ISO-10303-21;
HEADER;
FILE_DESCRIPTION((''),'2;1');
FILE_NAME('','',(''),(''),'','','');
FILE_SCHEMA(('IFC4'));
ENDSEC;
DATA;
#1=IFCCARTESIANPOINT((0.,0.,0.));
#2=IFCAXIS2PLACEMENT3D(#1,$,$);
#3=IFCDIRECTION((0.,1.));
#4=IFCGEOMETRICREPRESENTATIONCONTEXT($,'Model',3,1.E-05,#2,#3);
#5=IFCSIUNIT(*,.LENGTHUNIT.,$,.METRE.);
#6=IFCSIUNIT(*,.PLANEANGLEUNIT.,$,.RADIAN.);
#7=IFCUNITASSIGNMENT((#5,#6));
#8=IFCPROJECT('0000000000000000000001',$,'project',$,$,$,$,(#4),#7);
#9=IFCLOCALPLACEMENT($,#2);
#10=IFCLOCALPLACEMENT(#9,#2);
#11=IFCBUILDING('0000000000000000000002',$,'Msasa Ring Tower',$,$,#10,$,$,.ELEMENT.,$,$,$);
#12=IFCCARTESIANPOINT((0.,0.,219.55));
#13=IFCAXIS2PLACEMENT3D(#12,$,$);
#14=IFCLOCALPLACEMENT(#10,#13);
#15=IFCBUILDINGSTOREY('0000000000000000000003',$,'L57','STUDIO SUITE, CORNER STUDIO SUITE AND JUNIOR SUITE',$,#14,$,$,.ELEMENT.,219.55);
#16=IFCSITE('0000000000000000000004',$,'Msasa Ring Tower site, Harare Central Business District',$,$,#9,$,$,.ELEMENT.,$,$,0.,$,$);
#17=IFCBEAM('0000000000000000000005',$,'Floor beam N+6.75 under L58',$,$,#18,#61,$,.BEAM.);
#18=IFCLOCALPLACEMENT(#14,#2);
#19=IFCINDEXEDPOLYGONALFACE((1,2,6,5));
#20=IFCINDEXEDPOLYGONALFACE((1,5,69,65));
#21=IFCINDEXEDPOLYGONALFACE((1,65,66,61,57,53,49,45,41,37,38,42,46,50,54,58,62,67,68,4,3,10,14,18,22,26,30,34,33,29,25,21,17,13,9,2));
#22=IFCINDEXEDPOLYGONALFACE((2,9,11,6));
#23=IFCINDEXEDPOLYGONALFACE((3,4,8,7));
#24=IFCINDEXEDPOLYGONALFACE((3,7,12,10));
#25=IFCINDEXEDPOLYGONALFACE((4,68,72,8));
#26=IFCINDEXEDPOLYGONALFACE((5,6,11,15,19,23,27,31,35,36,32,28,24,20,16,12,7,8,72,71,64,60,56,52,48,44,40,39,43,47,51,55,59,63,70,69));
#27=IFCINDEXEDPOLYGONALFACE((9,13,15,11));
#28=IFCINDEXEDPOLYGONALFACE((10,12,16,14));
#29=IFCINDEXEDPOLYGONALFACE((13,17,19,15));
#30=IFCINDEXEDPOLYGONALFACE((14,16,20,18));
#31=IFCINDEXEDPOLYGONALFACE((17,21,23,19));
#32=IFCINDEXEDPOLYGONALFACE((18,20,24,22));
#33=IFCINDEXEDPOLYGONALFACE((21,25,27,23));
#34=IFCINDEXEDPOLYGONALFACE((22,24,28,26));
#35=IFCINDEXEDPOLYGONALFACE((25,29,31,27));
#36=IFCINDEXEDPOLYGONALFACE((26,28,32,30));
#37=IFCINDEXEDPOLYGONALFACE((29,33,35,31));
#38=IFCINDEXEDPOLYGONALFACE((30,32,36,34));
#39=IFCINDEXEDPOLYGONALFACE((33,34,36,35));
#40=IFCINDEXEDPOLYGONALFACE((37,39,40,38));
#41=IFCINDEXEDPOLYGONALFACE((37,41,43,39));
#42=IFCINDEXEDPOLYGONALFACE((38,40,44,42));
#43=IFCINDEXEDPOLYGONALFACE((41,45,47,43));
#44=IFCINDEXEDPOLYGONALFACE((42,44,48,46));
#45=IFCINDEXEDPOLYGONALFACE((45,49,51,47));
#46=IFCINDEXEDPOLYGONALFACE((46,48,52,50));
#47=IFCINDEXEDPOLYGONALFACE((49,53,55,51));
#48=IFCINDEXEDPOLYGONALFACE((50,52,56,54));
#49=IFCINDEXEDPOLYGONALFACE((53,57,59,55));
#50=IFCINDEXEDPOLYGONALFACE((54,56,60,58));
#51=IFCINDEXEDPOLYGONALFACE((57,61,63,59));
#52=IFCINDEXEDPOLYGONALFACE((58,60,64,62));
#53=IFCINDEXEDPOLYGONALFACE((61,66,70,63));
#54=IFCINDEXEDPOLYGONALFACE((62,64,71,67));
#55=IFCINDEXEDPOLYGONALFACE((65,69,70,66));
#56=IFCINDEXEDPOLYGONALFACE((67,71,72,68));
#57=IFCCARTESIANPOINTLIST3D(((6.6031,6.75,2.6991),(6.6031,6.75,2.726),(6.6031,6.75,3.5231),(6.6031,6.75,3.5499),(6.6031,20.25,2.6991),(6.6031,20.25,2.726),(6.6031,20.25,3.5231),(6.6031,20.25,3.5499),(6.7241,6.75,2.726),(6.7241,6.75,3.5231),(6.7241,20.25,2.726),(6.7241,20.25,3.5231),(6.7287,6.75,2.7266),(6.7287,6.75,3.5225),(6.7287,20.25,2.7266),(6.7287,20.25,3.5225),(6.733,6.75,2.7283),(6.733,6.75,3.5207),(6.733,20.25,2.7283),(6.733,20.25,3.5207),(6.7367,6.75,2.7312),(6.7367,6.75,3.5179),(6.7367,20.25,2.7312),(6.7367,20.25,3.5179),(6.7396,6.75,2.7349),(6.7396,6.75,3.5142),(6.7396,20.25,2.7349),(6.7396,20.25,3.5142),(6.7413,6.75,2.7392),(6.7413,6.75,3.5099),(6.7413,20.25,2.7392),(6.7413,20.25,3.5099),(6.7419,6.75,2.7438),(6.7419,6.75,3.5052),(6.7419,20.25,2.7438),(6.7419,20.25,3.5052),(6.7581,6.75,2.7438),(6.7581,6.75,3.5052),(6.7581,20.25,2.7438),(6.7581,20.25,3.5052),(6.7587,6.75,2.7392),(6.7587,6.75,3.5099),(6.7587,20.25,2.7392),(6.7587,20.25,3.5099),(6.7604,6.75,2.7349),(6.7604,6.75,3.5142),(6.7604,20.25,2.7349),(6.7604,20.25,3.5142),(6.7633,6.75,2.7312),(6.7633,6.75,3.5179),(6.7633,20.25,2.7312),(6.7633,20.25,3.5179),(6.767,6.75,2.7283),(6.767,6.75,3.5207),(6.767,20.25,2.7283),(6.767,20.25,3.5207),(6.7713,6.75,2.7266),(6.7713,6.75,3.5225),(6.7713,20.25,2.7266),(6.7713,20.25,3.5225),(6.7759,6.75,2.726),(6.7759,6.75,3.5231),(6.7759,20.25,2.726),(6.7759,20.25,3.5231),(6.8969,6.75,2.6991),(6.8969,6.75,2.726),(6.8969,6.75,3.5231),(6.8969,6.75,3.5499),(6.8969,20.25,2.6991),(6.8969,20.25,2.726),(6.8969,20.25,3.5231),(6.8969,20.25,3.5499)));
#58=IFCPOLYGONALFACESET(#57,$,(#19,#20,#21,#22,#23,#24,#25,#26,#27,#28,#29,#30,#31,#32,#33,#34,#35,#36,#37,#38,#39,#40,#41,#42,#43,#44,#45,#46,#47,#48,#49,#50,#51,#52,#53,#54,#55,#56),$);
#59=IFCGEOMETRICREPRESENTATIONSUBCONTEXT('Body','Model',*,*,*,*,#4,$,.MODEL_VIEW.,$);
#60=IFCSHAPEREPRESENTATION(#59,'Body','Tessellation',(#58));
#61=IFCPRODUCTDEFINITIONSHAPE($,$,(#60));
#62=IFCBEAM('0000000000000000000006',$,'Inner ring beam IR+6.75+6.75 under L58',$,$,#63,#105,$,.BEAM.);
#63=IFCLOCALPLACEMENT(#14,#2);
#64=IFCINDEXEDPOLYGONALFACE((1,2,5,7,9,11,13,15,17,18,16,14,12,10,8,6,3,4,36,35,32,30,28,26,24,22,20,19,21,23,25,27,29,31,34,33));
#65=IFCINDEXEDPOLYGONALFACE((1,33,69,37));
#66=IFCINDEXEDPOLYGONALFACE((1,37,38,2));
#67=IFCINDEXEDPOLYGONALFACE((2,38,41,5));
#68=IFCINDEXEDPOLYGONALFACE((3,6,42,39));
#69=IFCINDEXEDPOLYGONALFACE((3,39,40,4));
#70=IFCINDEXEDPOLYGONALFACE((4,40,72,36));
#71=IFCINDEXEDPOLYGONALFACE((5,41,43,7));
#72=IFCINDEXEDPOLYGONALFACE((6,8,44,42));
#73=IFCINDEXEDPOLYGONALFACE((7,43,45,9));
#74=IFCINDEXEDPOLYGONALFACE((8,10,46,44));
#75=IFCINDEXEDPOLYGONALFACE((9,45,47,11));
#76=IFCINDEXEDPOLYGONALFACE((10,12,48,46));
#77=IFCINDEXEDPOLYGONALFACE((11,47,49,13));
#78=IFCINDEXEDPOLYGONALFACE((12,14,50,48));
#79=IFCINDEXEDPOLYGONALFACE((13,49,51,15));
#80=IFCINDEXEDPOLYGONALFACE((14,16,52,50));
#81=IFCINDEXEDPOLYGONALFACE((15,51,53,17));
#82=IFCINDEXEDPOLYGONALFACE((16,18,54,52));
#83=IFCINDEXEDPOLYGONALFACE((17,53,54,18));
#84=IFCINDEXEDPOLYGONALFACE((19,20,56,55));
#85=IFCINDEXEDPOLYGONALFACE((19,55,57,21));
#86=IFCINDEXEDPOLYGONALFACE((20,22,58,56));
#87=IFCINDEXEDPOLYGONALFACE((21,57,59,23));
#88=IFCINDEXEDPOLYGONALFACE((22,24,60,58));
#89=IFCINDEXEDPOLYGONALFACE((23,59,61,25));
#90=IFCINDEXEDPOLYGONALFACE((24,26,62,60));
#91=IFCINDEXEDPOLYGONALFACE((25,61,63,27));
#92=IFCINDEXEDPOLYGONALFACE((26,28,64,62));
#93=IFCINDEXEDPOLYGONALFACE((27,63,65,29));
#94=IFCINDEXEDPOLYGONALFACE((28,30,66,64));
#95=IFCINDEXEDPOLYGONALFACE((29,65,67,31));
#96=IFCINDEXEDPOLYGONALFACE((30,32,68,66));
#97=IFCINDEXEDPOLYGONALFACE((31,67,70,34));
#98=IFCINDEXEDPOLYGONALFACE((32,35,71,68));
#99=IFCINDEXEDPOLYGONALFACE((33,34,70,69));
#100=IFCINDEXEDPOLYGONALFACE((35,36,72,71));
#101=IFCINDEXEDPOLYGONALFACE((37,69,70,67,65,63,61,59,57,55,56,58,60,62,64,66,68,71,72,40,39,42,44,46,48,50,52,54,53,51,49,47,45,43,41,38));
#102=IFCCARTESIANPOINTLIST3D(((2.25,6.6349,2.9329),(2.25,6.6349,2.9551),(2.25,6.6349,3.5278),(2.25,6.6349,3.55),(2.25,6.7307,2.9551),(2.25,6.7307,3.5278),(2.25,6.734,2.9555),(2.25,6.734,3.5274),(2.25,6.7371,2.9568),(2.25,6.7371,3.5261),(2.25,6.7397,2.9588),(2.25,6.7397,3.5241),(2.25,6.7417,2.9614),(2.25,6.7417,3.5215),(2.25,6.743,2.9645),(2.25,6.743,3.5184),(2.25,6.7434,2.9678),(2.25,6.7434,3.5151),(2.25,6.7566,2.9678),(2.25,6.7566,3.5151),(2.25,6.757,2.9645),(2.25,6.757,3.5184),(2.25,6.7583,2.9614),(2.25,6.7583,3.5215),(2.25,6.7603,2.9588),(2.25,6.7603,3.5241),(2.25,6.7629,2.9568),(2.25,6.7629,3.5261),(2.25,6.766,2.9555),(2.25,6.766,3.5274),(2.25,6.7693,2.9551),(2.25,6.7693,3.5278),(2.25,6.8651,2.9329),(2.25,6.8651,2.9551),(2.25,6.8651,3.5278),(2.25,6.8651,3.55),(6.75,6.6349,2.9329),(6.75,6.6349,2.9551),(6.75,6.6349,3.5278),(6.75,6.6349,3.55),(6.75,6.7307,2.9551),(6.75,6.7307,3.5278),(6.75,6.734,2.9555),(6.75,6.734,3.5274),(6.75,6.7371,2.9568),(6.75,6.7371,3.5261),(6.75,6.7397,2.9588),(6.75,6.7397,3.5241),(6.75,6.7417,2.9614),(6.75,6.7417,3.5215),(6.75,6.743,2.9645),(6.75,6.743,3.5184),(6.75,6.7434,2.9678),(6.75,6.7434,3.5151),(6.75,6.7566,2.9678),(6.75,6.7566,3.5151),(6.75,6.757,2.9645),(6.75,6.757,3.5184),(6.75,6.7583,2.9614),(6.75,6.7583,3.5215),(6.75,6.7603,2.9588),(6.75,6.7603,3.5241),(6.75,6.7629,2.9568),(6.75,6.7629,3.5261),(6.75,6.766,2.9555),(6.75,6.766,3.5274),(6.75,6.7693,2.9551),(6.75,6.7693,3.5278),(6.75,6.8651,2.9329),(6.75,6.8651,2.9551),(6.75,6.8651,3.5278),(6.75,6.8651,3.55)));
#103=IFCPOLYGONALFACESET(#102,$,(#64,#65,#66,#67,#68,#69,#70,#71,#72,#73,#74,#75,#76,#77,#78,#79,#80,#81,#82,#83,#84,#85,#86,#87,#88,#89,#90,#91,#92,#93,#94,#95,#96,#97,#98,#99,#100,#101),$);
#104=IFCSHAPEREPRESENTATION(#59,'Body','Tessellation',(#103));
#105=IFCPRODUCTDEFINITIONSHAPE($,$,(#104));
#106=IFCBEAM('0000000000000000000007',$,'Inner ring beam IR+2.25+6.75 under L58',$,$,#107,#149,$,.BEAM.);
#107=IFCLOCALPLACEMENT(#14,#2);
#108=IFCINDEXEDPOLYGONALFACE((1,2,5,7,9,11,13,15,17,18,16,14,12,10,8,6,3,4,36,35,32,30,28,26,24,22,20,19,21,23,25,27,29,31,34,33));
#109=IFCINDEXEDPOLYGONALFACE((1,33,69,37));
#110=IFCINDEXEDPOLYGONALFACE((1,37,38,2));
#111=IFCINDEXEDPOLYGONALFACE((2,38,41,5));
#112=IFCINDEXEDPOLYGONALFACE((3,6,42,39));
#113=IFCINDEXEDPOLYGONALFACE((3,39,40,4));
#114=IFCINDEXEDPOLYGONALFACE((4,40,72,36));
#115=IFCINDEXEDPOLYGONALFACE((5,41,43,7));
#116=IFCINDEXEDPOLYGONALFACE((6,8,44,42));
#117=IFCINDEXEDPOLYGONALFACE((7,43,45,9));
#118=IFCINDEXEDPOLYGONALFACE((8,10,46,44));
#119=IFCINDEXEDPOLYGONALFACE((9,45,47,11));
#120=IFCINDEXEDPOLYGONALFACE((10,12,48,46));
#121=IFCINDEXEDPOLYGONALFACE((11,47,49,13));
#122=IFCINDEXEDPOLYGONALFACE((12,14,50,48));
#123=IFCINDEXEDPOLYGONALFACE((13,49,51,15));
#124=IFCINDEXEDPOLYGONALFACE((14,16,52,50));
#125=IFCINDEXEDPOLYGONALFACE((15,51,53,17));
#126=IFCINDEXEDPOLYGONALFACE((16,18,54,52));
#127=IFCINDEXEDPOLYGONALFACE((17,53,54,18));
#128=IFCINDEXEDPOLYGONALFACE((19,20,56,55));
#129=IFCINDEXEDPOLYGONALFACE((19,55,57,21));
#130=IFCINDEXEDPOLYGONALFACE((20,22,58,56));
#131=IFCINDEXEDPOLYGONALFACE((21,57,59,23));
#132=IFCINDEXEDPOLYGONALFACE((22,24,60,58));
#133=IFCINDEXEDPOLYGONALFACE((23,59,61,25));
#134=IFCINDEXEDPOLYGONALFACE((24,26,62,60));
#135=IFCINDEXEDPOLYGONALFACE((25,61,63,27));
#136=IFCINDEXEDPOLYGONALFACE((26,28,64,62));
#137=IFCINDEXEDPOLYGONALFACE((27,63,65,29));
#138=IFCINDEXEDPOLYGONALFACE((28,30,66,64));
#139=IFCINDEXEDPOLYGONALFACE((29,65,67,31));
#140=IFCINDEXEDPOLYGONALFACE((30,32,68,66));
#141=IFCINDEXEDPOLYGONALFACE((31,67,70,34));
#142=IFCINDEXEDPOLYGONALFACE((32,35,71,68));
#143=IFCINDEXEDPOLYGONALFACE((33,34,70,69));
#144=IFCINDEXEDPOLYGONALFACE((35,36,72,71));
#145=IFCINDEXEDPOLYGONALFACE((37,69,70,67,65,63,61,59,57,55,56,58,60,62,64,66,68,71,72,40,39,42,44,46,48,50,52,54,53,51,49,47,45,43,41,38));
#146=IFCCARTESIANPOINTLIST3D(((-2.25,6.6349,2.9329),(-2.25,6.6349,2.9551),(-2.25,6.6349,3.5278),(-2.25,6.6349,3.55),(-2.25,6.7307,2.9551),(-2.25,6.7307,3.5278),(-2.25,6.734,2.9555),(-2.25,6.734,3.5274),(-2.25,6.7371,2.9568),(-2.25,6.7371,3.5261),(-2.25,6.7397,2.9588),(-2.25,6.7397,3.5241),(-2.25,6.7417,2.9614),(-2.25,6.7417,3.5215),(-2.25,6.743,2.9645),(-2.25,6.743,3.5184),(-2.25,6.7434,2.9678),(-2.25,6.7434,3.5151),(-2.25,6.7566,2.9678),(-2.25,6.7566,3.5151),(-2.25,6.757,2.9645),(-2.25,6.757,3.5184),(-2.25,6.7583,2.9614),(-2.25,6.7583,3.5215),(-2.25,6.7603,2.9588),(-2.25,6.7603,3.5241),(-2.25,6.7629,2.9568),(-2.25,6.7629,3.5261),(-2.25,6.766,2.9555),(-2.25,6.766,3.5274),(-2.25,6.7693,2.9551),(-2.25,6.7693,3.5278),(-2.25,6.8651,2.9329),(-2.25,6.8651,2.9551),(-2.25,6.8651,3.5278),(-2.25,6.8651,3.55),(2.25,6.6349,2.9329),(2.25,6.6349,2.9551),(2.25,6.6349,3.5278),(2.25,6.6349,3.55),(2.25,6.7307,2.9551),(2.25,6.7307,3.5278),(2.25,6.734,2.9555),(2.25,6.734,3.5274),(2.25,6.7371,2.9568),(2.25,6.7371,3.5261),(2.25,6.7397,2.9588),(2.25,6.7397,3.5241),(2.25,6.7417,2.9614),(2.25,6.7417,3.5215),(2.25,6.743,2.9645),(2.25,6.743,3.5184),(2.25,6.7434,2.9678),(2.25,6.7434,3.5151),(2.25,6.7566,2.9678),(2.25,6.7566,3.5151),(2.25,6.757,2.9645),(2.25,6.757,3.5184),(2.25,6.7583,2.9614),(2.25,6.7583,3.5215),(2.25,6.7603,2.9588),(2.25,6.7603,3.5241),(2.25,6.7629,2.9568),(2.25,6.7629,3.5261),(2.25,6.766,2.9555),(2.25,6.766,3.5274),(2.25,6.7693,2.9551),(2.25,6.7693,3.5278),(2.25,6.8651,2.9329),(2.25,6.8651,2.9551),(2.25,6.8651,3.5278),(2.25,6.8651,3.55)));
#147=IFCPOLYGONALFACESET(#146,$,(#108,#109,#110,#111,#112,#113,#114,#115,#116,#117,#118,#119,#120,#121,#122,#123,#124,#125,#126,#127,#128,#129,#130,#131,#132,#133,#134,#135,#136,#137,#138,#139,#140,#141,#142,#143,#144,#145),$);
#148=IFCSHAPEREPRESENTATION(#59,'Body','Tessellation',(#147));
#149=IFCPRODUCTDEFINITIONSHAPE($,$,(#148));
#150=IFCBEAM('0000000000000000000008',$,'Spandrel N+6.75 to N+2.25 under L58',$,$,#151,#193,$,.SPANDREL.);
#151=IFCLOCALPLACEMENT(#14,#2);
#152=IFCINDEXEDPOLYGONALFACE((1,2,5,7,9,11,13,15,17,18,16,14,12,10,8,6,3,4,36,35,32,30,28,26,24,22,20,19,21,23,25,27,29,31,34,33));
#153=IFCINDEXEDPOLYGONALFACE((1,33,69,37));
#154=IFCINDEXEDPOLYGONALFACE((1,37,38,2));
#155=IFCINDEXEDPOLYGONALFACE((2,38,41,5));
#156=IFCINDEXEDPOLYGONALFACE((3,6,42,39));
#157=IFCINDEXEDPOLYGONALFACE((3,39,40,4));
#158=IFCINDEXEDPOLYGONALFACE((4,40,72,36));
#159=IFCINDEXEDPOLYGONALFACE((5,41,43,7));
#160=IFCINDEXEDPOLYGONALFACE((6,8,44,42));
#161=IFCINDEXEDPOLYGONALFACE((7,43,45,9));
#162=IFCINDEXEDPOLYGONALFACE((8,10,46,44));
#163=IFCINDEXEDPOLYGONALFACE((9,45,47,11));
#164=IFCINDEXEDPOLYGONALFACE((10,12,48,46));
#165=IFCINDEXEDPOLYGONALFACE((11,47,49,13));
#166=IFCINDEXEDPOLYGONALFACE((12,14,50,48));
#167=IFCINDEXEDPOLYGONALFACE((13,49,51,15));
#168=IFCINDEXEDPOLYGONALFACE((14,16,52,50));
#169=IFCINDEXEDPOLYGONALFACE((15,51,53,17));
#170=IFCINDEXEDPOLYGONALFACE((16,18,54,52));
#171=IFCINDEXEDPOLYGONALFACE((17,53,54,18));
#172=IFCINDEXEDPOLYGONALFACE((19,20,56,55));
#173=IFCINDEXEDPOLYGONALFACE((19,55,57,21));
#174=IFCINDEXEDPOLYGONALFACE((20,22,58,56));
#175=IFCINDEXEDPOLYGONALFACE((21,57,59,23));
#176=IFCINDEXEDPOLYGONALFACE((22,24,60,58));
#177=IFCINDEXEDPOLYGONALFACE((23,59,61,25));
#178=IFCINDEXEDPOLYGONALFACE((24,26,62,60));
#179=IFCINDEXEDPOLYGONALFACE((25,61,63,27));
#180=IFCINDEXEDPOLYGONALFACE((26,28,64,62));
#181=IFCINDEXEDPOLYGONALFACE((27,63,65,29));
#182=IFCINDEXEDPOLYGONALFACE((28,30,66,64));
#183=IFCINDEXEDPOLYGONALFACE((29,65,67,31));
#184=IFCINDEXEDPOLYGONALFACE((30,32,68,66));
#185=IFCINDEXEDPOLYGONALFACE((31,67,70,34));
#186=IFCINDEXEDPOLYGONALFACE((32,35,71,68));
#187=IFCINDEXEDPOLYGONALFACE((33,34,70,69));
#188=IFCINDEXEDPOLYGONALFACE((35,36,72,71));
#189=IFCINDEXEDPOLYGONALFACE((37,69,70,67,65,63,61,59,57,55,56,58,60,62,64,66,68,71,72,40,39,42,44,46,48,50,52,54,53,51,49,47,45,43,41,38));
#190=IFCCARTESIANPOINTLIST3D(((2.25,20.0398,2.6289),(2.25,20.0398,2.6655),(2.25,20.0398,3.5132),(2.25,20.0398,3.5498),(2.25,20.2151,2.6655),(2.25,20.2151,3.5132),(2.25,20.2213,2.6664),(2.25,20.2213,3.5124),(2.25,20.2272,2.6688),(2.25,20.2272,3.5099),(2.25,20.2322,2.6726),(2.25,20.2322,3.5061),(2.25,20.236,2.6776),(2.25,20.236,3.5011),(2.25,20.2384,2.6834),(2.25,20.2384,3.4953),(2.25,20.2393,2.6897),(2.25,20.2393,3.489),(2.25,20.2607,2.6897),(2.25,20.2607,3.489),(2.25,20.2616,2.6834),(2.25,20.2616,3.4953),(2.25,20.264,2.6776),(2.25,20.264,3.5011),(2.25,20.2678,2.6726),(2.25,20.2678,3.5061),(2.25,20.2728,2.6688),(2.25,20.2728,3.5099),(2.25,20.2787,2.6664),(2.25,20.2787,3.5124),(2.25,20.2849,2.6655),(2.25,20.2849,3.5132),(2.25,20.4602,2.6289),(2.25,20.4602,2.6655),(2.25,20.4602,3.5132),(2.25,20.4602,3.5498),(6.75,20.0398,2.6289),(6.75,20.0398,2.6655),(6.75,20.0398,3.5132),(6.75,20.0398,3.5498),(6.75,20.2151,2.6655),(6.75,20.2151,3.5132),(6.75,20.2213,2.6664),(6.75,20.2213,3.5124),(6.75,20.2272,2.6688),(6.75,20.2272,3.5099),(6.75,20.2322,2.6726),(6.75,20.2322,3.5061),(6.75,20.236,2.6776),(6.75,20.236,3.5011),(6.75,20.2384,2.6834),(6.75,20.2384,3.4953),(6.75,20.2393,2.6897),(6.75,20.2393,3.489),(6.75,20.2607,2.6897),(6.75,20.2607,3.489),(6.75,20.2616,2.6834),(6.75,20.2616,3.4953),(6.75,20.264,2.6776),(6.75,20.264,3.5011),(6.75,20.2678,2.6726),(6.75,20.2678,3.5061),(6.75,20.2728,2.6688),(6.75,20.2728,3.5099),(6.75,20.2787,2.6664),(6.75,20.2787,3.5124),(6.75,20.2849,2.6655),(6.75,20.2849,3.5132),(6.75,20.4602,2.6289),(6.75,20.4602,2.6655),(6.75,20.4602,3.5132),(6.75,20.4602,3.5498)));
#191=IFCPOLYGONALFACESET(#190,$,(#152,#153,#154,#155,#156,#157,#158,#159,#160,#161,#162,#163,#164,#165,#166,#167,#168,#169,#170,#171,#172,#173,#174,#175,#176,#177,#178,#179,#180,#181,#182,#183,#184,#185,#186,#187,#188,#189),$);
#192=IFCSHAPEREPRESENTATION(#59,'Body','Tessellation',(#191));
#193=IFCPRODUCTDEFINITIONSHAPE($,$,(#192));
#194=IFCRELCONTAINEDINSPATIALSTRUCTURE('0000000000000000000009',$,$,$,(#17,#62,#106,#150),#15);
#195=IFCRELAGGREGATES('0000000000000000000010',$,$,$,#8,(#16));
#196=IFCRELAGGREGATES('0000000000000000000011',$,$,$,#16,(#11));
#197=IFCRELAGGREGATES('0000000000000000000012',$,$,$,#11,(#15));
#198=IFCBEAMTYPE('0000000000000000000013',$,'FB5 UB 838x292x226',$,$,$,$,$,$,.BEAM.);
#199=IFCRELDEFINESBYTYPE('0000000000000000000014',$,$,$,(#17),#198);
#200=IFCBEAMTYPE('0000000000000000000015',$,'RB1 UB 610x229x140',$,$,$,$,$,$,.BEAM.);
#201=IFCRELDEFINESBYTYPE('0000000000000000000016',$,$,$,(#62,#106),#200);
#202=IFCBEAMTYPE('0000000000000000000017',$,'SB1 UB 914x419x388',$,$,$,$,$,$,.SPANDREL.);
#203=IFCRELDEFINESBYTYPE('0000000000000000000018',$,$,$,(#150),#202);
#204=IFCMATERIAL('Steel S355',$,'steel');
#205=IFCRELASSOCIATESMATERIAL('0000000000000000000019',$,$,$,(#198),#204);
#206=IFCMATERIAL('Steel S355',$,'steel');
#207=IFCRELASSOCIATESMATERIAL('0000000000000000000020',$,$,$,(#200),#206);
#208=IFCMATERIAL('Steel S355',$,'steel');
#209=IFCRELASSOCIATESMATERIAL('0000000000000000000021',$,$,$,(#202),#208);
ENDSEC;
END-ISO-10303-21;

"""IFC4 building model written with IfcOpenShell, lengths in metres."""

from ifc_helpers import new_model, si_unit, direction, frame, origin, origin_2d, place, context, subcontext, project, spatial, i_section, extrude, material, material_profile, profile_set, type_object, element, save


model = new_model("IFC4")

# Units and contexts
model_context = context("Model", 3, precision=1e-05, world=origin(), true_north=direction((0.0, 1.0)))
body_context = subcontext(model_context, "Body", "Model", "MODEL_VIEW")
ifc_project = project(units=[si_unit("LENGTHUNIT", "METRE"), si_unit("PLANEANGLEUNIT", "RADIAN")], contexts=[model_context])

# Site, building, storey
site_placement = place(None, origin())
site = spatial("IfcSite", under=ifc_project, at=site_placement, Name="Msasa Ring Tower site, Harare Central Business District", CompositionType="ELEMENT", RefElevation=0.0)
building_placement = place(site_placement, origin())
building = spatial("IfcBuilding", under=site, at=building_placement, Name="Msasa Ring Tower", CompositionType="ELEMENT")
storey_placement = place(building_placement, frame((0.0, 0.0, 219.55)))
storey = spatial("IfcBuildingStorey", under=building, at=storey_placement, Name="L57", Description="STUDIO SUITE, CORNER STUDIO SUITE AND JUNIOR SUITE", CompositionType="ELEMENT", Elevation=219.55)

# Beams
ifc_material_1 = material(Name="Steel S355", Category="steel")
ifc_material_profile_1 = material_profile(ifc_material_1, i_section(OverallWidth=0.2937, OverallDepth=0.8508, WebThickness=0.0161, FlangeThickness=0.0269, FilletRadius=0.0178, at=origin_2d()), Name="UB 838x292x226")
ifc_profile_set_1 = profile_set([ifc_material_profile_1], Name="Steel S355")
beam_type_1 = type_object("IfcBeamType", Name="FB5 UB 838x292x226", PredefinedType="BEAM", material=ifc_profile_set_1)
for number, where, z_axis, x_axis, name in (
    (1, (6.75, 20.25, 3.1245), (0.0, -1.0, 0.0), (1.0, 0.0, 0.0), "Floor beam N+6.75 under L58"),
):
    element("IfcBeam", number, at=place(storey_placement, frame(where, z_axis=z_axis, x_axis=x_axis)), inside=storey, type_object=beam_type_1, Name=name, PredefinedType="BEAM", context=body_context, shape_type="SweptSolid", body=[
        extrude(i_section(OverallWidth=0.2937, OverallDepth=0.8508, WebThickness=0.0161, FlangeThickness=0.0269, FilletRadius=0.0178, at=origin_2d()), origin(), (0.0, 0.0, 1.0), 13.5),
    ])
ifc_material_2 = material(Name="Steel S355", Category="steel")
ifc_material_profile_2 = material_profile(ifc_material_2, i_section(OverallWidth=0.2302, OverallDepth=0.6172, WebThickness=0.0132, FlangeThickness=0.0222, FilletRadius=0.0127, at=origin_2d()), Name="UB 610x229x140")
ifc_profile_set_2 = profile_set([ifc_material_profile_2], Name="Steel S355")
beam_type_2 = type_object("IfcBeamType", Name="RB1 UB 610x229x140", PredefinedType="BEAM", material=ifc_profile_set_2)
for number, where, z_axis, x_axis, name in (
    (2, (6.75, 6.75, 3.2415), (-1.0, 0.0, 0.0), (0.0, -1.0, 0.0), "Inner ring beam IR+6.75+6.75 under L58"),
    (3, (2.25, 6.75, 3.2415), (-1.0, 0.0, 0.0), (0.0, -1.0, 0.0), "Inner ring beam IR+2.25+6.75 under L58"),
):
    element("IfcBeam", number, at=place(storey_placement, frame(where, z_axis=z_axis, x_axis=x_axis)), inside=storey, type_object=beam_type_2, Name=name, PredefinedType="BEAM", context=body_context, shape_type="SweptSolid", body=[
        extrude(i_section(OverallWidth=0.2302, OverallDepth=0.6172, WebThickness=0.0132, FlangeThickness=0.0222, FilletRadius=0.0127, at=origin_2d()), origin(), (0.0, 0.0, 1.0), 4.5),
    ])
ifc_material_3 = material(Name="Steel S355", Category="steel")
ifc_material_profile_3 = material_profile(ifc_material_3, i_section(OverallWidth=0.4204, OverallDepth=0.9209, WebThickness=0.0215, FlangeThickness=0.0366, FilletRadius=0.0242, at=origin_2d()), Name="UB 914x419x388")
ifc_profile_set_3 = profile_set([ifc_material_profile_3], Name="Steel S355")
beam_type_3 = type_object("IfcBeamType", Name="SB1 UB 914x419x388", PredefinedType="SPANDREL", material=ifc_profile_set_3)
for number, where, z_axis, x_axis, name in (
    (4, (6.75, 20.25, 3.0894), (-1.0, 0.0, 0.0), (0.0, -1.0, 0.0), "Spandrel N+6.75 to N+2.25 under L58"),
):
    element("IfcBeam", number, at=place(storey_placement, frame(where, z_axis=z_axis, x_axis=x_axis)), inside=storey, type_object=beam_type_3, Name=name, PredefinedType="SPANDREL", context=body_context, shape_type="SweptSolid", body=[
        extrude(i_section(OverallWidth=0.4204, OverallDepth=0.9209, WebThickness=0.0215, FlangeThickness=0.0366, FilletRadius=0.0242, at=origin_2d()), origin(), (0.0, 0.0, 1.0), 4.5),
    ])

save(model, "model.ifc")
